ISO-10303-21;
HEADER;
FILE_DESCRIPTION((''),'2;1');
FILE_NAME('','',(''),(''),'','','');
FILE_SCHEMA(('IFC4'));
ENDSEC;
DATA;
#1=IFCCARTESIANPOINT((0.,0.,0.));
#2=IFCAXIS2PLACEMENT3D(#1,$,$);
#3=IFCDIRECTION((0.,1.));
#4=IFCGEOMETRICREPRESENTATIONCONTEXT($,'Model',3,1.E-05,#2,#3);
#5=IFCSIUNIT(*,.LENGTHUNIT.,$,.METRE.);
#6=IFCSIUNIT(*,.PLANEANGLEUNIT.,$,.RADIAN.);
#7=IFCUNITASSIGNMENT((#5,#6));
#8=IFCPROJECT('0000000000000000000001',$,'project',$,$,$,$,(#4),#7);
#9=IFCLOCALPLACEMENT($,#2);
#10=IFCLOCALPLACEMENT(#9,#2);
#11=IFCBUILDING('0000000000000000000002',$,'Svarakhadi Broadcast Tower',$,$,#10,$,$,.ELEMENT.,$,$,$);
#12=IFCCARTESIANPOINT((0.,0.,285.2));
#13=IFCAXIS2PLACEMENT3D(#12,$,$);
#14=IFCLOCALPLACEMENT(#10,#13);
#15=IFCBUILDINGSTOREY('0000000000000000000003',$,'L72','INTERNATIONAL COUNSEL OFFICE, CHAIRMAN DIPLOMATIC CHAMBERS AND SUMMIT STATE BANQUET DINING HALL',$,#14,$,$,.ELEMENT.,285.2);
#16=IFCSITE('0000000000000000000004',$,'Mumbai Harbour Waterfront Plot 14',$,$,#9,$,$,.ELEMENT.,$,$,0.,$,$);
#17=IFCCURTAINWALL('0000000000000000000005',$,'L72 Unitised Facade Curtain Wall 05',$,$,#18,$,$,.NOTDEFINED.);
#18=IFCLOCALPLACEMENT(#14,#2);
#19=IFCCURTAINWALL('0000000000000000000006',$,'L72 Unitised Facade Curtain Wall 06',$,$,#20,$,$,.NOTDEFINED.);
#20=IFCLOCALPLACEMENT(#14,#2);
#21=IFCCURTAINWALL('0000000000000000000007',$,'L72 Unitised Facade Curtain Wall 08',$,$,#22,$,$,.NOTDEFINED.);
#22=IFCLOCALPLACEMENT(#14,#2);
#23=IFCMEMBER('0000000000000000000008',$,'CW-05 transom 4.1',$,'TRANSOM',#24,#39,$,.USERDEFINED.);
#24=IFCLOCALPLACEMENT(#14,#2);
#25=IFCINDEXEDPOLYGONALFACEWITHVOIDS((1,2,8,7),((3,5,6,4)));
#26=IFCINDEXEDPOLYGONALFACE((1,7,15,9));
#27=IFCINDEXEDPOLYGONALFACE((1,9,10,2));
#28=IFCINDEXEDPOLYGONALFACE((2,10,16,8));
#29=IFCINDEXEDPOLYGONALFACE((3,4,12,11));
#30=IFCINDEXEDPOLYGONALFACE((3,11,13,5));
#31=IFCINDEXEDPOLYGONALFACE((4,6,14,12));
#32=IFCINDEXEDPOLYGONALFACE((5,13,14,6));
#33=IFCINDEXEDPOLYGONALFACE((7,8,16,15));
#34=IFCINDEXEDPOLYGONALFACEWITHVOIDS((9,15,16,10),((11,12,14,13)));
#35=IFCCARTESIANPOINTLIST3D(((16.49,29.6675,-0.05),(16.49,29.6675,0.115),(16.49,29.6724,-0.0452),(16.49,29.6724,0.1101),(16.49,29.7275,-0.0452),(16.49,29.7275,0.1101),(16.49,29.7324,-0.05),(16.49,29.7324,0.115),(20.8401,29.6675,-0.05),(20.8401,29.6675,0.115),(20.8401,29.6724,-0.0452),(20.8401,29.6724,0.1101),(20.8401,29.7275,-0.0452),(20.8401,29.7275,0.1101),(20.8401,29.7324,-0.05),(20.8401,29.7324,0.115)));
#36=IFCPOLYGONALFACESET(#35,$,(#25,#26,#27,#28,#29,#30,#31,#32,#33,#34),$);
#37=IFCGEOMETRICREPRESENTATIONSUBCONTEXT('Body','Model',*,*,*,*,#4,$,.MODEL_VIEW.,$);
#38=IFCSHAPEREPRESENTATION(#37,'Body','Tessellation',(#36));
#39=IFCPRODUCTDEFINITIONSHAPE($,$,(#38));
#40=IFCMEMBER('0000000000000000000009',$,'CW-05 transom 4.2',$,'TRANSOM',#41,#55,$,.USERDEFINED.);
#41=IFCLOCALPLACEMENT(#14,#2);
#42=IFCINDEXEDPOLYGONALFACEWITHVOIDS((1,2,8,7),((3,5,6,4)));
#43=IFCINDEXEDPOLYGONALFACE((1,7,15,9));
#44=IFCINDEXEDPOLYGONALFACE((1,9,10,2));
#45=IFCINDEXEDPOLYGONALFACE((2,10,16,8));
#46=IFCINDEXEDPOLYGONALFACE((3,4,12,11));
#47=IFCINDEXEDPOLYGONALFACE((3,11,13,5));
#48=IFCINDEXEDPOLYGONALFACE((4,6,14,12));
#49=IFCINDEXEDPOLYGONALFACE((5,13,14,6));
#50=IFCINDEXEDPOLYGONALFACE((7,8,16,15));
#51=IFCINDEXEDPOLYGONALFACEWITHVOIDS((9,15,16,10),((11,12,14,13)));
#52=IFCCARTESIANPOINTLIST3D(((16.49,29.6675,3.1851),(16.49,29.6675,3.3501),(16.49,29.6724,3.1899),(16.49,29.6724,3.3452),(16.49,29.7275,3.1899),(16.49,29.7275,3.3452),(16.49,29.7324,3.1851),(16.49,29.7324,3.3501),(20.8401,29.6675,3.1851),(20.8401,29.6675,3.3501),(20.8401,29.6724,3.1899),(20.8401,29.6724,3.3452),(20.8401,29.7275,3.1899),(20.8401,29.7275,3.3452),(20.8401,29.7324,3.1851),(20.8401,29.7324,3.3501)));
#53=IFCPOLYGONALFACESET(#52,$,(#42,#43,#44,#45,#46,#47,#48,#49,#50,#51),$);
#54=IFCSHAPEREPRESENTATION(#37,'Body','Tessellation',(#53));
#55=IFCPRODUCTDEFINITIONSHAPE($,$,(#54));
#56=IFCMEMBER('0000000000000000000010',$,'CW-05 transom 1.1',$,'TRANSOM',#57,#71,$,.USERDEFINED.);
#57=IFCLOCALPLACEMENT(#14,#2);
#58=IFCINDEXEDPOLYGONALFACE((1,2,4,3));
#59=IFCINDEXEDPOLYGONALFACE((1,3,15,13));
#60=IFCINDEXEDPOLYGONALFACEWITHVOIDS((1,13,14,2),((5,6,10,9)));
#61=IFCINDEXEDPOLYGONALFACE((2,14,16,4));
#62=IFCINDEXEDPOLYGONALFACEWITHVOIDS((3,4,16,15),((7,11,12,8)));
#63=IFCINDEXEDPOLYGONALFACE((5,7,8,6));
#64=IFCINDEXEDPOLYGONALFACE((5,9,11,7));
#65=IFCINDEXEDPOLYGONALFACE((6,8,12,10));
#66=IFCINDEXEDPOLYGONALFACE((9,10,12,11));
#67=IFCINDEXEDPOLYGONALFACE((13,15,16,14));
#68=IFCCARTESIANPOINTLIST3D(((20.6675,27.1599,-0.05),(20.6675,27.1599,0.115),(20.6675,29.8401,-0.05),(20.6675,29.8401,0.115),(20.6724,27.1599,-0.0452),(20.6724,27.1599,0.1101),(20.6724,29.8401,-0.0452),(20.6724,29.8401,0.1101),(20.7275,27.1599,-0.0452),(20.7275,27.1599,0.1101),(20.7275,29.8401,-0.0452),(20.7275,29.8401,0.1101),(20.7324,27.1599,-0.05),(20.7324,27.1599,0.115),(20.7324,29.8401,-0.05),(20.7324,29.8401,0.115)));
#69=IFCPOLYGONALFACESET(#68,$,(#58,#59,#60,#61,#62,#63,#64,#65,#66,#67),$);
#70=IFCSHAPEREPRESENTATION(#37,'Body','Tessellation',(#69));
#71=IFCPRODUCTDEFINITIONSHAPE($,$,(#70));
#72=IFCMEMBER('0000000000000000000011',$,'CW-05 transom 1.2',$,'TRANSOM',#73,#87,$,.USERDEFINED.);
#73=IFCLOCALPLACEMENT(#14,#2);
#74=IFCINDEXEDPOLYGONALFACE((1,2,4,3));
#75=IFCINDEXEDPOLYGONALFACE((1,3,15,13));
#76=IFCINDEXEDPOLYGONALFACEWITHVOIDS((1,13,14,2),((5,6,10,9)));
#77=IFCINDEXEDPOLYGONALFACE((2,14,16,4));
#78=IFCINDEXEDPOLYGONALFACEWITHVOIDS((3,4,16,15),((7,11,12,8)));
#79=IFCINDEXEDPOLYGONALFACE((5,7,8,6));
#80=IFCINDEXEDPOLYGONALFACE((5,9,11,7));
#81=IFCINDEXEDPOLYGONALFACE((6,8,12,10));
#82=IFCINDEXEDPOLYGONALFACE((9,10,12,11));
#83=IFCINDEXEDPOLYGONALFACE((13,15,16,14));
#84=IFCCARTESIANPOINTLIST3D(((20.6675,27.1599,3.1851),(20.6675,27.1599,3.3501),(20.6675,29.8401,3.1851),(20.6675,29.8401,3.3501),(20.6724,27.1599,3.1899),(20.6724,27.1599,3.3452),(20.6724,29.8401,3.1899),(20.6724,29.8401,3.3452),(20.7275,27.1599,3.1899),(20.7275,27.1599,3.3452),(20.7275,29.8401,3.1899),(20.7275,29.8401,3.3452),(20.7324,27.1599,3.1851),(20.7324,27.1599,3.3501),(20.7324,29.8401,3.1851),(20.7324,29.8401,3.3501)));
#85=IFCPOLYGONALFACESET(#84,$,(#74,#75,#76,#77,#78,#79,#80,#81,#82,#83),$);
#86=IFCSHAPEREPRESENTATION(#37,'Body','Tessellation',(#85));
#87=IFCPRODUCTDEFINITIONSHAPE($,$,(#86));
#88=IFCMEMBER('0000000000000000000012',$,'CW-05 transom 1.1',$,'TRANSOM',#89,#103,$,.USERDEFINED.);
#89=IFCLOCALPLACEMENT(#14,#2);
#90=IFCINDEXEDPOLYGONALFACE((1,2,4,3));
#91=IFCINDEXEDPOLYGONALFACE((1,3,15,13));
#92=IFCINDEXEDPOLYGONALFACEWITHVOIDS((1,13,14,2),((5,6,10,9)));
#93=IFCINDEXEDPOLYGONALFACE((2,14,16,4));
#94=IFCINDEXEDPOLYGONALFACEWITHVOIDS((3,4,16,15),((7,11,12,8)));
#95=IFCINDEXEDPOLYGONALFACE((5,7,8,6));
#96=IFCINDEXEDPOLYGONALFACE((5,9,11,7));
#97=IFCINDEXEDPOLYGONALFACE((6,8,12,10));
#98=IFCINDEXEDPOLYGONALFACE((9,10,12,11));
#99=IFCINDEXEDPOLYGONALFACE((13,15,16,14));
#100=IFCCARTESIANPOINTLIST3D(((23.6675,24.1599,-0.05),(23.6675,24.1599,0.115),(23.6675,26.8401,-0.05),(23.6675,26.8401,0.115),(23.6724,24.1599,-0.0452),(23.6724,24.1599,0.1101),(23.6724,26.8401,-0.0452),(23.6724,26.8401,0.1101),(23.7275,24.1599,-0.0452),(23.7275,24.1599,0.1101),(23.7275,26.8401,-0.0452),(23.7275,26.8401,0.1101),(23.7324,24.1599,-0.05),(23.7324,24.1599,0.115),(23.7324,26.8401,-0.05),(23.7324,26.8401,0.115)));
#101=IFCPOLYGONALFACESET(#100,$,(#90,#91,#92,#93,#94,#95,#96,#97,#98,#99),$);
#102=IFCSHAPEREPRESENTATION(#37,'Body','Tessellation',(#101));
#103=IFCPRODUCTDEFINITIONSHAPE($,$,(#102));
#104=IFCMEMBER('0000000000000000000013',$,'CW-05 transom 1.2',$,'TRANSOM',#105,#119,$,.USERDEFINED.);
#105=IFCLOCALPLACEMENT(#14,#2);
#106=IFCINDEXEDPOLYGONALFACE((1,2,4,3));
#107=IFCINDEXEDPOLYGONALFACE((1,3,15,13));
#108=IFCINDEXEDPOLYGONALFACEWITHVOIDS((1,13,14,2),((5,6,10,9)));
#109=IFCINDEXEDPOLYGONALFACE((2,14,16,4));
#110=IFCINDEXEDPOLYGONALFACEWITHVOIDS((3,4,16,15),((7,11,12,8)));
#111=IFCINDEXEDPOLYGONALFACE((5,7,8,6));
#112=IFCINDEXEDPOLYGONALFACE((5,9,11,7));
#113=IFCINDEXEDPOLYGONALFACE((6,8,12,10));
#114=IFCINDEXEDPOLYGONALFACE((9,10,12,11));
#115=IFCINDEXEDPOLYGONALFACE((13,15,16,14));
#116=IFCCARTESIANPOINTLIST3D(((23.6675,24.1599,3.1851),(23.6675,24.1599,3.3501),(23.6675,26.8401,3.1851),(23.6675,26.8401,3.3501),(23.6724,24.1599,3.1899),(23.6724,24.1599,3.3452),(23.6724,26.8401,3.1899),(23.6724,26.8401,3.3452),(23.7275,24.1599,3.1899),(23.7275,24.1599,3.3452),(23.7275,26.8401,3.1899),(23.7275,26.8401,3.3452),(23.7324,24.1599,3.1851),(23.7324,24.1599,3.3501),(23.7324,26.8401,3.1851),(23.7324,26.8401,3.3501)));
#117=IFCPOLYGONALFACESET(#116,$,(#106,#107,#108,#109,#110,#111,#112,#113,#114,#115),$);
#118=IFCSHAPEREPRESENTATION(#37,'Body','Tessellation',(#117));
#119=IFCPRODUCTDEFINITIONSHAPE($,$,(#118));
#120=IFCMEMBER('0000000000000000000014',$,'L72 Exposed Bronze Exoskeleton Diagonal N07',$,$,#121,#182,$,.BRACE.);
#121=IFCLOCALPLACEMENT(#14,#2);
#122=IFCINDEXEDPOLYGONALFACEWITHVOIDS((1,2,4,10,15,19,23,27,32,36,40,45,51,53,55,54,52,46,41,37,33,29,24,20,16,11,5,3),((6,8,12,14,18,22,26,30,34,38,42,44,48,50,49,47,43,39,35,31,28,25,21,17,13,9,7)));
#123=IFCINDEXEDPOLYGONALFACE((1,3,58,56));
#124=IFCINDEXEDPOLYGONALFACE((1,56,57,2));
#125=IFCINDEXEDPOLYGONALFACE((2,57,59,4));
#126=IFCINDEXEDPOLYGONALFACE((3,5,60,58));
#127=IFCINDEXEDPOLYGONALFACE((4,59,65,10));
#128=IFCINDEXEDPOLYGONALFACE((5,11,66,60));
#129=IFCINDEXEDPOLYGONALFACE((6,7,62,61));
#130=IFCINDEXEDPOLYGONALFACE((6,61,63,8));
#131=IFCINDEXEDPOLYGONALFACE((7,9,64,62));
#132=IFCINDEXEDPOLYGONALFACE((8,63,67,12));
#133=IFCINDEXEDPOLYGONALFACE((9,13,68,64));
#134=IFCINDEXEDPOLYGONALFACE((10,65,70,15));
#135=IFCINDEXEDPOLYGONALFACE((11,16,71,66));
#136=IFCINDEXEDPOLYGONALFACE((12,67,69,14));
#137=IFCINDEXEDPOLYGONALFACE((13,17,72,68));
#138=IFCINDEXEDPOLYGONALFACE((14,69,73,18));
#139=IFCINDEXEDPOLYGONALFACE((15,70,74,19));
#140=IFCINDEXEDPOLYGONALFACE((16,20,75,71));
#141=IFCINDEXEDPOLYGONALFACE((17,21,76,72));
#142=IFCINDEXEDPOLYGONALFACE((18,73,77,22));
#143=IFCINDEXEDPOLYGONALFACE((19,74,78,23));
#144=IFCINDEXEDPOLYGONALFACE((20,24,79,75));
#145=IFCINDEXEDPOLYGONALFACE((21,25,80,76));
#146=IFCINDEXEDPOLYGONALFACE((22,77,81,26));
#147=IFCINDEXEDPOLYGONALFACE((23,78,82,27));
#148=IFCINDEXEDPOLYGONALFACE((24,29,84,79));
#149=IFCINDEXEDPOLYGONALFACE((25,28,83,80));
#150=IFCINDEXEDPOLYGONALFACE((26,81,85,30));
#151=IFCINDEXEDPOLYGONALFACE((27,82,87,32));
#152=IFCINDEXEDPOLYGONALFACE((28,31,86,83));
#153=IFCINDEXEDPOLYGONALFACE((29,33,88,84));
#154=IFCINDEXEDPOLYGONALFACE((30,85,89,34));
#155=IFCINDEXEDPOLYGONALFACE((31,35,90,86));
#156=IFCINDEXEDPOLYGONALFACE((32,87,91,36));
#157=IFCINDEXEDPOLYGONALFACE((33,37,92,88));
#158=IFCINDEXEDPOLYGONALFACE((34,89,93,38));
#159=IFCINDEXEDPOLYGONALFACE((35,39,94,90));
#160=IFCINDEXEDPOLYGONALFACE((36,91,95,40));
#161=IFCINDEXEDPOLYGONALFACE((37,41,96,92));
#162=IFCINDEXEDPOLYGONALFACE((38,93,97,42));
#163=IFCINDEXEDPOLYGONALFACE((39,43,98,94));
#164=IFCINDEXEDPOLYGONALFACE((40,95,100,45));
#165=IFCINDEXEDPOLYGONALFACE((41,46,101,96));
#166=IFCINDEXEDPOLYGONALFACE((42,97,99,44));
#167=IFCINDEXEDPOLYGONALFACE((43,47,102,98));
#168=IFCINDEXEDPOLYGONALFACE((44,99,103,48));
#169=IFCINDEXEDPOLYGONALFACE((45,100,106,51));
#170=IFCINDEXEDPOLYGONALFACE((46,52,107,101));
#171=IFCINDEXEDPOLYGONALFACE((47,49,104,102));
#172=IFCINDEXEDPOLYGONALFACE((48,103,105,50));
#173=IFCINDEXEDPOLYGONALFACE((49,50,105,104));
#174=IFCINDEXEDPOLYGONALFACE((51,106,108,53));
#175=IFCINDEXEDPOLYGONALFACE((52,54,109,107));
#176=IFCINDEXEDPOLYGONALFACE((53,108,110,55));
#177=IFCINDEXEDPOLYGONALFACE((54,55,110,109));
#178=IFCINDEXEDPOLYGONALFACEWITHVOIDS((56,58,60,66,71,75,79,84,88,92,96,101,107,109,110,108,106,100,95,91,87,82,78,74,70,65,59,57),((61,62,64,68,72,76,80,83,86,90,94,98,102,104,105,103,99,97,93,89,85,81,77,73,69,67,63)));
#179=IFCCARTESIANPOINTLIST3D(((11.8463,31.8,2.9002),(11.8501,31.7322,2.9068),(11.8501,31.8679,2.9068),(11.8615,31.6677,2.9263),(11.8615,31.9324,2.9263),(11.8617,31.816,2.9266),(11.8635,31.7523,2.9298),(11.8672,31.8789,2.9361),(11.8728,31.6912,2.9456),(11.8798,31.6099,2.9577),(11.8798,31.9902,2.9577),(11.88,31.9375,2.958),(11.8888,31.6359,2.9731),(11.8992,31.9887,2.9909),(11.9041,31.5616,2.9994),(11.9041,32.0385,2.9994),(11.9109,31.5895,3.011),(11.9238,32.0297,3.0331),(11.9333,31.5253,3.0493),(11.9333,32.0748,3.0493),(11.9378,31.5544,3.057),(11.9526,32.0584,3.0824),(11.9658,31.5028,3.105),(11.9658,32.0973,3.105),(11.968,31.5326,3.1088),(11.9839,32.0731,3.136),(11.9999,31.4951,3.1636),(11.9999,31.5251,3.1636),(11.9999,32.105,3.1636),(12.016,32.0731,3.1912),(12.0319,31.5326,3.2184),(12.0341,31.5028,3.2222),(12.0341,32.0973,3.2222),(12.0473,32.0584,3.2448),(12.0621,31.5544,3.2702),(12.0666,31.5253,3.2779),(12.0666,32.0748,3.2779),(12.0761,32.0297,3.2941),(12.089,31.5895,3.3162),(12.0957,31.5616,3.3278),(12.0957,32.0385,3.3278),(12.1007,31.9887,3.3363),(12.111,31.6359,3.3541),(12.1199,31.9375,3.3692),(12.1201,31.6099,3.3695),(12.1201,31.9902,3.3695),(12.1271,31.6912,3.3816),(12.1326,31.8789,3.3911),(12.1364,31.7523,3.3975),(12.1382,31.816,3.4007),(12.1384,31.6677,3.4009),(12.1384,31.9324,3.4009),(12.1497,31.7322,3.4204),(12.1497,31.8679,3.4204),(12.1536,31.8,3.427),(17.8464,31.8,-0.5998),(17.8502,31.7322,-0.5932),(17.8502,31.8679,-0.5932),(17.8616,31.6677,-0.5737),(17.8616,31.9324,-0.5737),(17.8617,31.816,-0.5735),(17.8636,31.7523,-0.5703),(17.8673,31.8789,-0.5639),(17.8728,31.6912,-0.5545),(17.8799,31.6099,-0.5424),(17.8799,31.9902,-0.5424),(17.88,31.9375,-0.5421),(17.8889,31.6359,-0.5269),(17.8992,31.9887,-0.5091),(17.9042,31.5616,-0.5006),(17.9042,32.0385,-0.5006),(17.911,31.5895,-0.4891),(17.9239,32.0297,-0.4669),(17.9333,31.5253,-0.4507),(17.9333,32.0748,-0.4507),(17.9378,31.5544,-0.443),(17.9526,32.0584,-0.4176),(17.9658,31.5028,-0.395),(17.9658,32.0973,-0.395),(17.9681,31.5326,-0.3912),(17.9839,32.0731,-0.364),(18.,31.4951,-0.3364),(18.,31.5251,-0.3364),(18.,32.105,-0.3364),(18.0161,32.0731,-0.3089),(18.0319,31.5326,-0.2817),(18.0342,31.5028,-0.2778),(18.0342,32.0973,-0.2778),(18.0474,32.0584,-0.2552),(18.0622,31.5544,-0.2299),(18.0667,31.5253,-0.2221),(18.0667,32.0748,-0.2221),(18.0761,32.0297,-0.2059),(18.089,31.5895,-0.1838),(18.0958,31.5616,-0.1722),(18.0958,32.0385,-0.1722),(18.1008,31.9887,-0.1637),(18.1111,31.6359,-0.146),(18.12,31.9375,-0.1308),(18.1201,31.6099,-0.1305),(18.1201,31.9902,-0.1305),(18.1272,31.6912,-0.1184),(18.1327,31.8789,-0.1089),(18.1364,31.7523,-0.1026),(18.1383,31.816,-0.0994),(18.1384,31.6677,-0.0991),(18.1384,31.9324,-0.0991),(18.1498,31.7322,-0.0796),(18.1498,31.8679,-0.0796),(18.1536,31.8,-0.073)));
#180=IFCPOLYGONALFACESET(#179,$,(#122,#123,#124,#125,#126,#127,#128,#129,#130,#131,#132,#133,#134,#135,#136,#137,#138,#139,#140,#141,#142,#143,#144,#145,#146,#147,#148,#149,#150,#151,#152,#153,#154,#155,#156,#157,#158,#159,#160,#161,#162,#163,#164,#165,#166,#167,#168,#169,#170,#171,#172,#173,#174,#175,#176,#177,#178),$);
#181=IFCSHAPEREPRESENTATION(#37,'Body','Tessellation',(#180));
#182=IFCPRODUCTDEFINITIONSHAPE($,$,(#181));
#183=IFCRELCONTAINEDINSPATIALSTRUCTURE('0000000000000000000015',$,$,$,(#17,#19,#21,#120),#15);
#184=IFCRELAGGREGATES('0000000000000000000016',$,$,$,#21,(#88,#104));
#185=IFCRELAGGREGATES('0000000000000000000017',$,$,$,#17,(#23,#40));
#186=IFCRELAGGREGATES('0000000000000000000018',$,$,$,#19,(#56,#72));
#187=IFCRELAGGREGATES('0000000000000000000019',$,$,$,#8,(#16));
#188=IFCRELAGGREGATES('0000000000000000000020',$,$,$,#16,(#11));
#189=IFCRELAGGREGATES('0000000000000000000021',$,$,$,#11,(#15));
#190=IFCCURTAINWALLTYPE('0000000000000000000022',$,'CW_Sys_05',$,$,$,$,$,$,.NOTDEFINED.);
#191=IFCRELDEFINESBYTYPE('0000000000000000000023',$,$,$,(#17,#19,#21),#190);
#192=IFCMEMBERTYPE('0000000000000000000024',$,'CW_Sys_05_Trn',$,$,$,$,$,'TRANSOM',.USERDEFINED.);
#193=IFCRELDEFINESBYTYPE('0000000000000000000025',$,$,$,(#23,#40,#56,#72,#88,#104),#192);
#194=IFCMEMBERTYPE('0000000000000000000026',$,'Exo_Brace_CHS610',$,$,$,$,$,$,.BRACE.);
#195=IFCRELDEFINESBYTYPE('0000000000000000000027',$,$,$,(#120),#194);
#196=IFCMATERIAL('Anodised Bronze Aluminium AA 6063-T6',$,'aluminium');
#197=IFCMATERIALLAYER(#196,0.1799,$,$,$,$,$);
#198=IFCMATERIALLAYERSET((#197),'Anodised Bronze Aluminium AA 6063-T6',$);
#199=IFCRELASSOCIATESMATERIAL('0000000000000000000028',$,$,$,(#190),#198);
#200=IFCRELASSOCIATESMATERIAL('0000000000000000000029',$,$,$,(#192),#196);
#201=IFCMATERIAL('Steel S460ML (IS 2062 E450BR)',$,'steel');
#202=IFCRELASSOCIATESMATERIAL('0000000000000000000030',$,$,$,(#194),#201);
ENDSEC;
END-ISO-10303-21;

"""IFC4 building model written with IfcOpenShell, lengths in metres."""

from ifc_helpers import new_model, si_unit, direction, frame, origin, origin_2d, place, context, subcontext, project, spatial, hollow_rectangle, hollow_circle, extrude, material, layer, layer_set, material_profile, profile_set, type_object, element, aggregate, save


model = new_model("IFC4")

# Units and contexts
model_context = context("Model", 3, precision=1e-05, world=origin(), true_north=direction((0.0, 1.0)))
body_context = subcontext(model_context, "Body", "Model", "MODEL_VIEW")
ifc_project = project(units=[si_unit("LENGTHUNIT", "METRE"), si_unit("PLANEANGLEUNIT", "RADIAN")], contexts=[model_context])

# Site, building, storey
site_placement = place(None, origin())
site = spatial("IfcSite", under=ifc_project, at=site_placement, Name="Mumbai Harbour Waterfront Plot 14", CompositionType="ELEMENT", RefElevation=0.0)
building_placement = place(site_placement, origin())
building = spatial("IfcBuilding", under=site, at=building_placement, Name="Svarakhadi Broadcast Tower", CompositionType="ELEMENT")
storey_placement = place(building_placement, frame((0.0, 0.0, 285.2)))
storey = spatial("IfcBuildingStorey", under=building, at=storey_placement, Name="L72", Description="INTERNATIONAL COUNSEL OFFICE, CHAIRMAN DIPLOMATIC CHAMBERS AND SUMMIT STATE BANQUET DINING HALL", CompositionType="ELEMENT", Elevation=285.2)

# Shared definitions
ifc_material_1 = material(Name="Steel S460ML (IS 2062 E450BR)", Category="steel")

# Curtain walls
ifc_material_2 = material(Name="Anodised Bronze Aluminium AA 6063-T6", Category="aluminium")
ifc_layer_1 = layer(ifc_material_2, 0.1799)
ifc_layer_set_1 = layer_set([ifc_layer_1], Name="Anodised Bronze Aluminium AA 6063-T6")
curtain_wall_type = type_object("IfcCurtainWallType", Name="CW_Sys_05", PredefinedType="NOTDEFINED", material=ifc_layer_set_1)
curtain_wall_1_placement = place(storey_placement, origin())
curtain_wall_1 = element("IfcCurtainWall", 1, at=curtain_wall_1_placement, inside=storey, type_object=curtain_wall_type, Name="L72 Unitised Facade Curtain Wall 05", PredefinedType="NOTDEFINED")
curtain_wall_2_placement = place(storey_placement, origin())
curtain_wall_2 = element("IfcCurtainWall", 2, at=curtain_wall_2_placement, inside=storey, type_object=curtain_wall_type, Name="L72 Unitised Facade Curtain Wall 06", PredefinedType="NOTDEFINED")

# Curtain wall
curtain_wall_3_placement = place(storey_placement, origin())
curtain_wall_3 = element("IfcCurtainWall", 3, at=curtain_wall_3_placement, inside=storey, type_object=curtain_wall_type, Name="L72 Unitised Facade Curtain Wall 08", PredefinedType="NOTDEFINED")

# Members
ifc_material_profile_1 = material_profile(ifc_material_2, hollow_rectangle(XDim=0.0649, YDim=0.165, WallThickness=0.0049, at=origin_2d()), Name="ALU TRANSOM 165x65x5")
ifc_profile_set_1 = profile_set([ifc_material_profile_1], Name="Anodised Bronze Aluminium AA 6063-T6")
member_type_1 = type_object("IfcMemberType", Name="CW_Sys_05_Trn", ElementType="TRANSOM", PredefinedType="USERDEFINED", material=ifc_profile_set_1)
member_1_placement = place(storey_placement, frame((16.49, 29.7, 0.0325), z_axis=(1.0, 0.0, 0.0), x_axis=(0.0, 1.0, 0.0)))
member_1 = element("IfcMember", 4, at=member_1_placement, type_object=member_type_1, Name="CW-05 transom 4.1", ObjectType="TRANSOM", PredefinedType="USERDEFINED", context=body_context, shape_type="SweptSolid", body=[
    extrude(hollow_rectangle(XDim=0.0649, YDim=0.165, WallThickness=0.0049, at=origin_2d()), origin(), (0.0, 0.0, 1.0), 4.3501),
])
member_2_placement = place(storey_placement, frame((16.49, 29.7, 3.2676), z_axis=(1.0, 0.0, 0.0), x_axis=(0.0, 1.0, 0.0)))
member_2 = element("IfcMember", 5, at=member_2_placement, type_object=member_type_1, Name="CW-05 transom 4.2", ObjectType="TRANSOM", PredefinedType="USERDEFINED", context=body_context, shape_type="SweptSolid", body=[
    extrude(hollow_rectangle(XDim=0.0649, YDim=0.165, WallThickness=0.0049, at=origin_2d()), origin(), (0.0, 0.0, 1.0), 4.3501),
])
member_3_placement = place(storey_placement, frame((20.7, 29.8401, 0.0325), z_axis=(0.0, -1.0, 0.0), x_axis=(1.0, 0.0, 0.0)))
member_3 = element("IfcMember", 6, at=member_3_placement, type_object=member_type_1, Name="CW-05 transom 1.1", ObjectType="TRANSOM", PredefinedType="USERDEFINED", context=body_context, shape_type="SweptSolid", body=[
    extrude(hollow_rectangle(XDim=0.0649, YDim=0.165, WallThickness=0.0049, at=origin_2d()), origin(), (0.0, 0.0, 1.0), 2.6802),
])
member_4_placement = place(storey_placement, frame((20.7, 29.8401, 3.2676), z_axis=(0.0, -1.0, 0.0), x_axis=(1.0, 0.0, 0.0)))
member_4 = element("IfcMember", 7, at=member_4_placement, type_object=member_type_1, Name="CW-05 transom 1.2", ObjectType="TRANSOM", PredefinedType="USERDEFINED", context=body_context, shape_type="SweptSolid", body=[
    extrude(hollow_rectangle(XDim=0.0649, YDim=0.165, WallThickness=0.0049, at=origin_2d()), origin(), (0.0, 0.0, 1.0), 2.6802),
])
member_5_placement = place(storey_placement, frame((23.7, 26.8401, 0.0325), z_axis=(0.0, -1.0, 0.0), x_axis=(1.0, 0.0, 0.0)))
member_5 = element("IfcMember", 8, at=member_5_placement, type_object=member_type_1, Name="CW-05 transom 1.1", ObjectType="TRANSOM", PredefinedType="USERDEFINED", context=body_context, shape_type="SweptSolid", body=[
    extrude(hollow_rectangle(XDim=0.0649, YDim=0.165, WallThickness=0.0049, at=origin_2d()), origin(), (0.0, 0.0, 1.0), 2.6802),
])
member_6_placement = place(storey_placement, frame((23.7, 26.8401, 3.2676), z_axis=(0.0, -1.0, 0.0), x_axis=(1.0, 0.0, 0.0)))
member_6 = element("IfcMember", 9, at=member_6_placement, type_object=member_type_1, Name="CW-05 transom 1.2", ObjectType="TRANSOM", PredefinedType="USERDEFINED", context=body_context, shape_type="SweptSolid", body=[
    extrude(hollow_rectangle(XDim=0.0649, YDim=0.165, WallThickness=0.0049, at=origin_2d()), origin(), (0.0, 0.0, 1.0), 2.6802),
])
aggregate(curtain_wall_3, [member_5, member_6])

# Member
ifc_material_profile_2 = material_profile(ifc_material_1, hollow_circle(Radius=0.3049, WallThickness=0.03, at=origin_2d()), Name="CHS 610x30")
ifc_profile_set_2 = profile_set([ifc_material_profile_2], Name="Steel S460ML (IS 2062 E450BR)")
member_type_2 = type_object("IfcMemberType", Name="Exo_Brace_CHS610", PredefinedType="BRACE", material=ifc_profile_set_2)
member_7_placement = place(storey_placement, frame((18.0, 31.8, -0.3364), z_axis=(-0.863779, 0.0, 0.503871), x_axis=(0.0, -1.0, 0.0)))
element("IfcMember", 10, at=member_7_placement, inside=storey, type_object=member_type_2, Name="L72 Exposed Bronze Exoskeleton Diagonal N07", PredefinedType="BRACE", context=body_context, shape_type="SweptSolid", body=[
    extrude(hollow_circle(Radius=0.3049, WallThickness=0.03, at=origin_2d()), origin(), (0.0, 0.0, 1.0), 6.9463),
])

aggregate(curtain_wall_1, [member_1, member_2])
aggregate(curtain_wall_2, [member_3, member_4])

save(model, "model.ifc")
